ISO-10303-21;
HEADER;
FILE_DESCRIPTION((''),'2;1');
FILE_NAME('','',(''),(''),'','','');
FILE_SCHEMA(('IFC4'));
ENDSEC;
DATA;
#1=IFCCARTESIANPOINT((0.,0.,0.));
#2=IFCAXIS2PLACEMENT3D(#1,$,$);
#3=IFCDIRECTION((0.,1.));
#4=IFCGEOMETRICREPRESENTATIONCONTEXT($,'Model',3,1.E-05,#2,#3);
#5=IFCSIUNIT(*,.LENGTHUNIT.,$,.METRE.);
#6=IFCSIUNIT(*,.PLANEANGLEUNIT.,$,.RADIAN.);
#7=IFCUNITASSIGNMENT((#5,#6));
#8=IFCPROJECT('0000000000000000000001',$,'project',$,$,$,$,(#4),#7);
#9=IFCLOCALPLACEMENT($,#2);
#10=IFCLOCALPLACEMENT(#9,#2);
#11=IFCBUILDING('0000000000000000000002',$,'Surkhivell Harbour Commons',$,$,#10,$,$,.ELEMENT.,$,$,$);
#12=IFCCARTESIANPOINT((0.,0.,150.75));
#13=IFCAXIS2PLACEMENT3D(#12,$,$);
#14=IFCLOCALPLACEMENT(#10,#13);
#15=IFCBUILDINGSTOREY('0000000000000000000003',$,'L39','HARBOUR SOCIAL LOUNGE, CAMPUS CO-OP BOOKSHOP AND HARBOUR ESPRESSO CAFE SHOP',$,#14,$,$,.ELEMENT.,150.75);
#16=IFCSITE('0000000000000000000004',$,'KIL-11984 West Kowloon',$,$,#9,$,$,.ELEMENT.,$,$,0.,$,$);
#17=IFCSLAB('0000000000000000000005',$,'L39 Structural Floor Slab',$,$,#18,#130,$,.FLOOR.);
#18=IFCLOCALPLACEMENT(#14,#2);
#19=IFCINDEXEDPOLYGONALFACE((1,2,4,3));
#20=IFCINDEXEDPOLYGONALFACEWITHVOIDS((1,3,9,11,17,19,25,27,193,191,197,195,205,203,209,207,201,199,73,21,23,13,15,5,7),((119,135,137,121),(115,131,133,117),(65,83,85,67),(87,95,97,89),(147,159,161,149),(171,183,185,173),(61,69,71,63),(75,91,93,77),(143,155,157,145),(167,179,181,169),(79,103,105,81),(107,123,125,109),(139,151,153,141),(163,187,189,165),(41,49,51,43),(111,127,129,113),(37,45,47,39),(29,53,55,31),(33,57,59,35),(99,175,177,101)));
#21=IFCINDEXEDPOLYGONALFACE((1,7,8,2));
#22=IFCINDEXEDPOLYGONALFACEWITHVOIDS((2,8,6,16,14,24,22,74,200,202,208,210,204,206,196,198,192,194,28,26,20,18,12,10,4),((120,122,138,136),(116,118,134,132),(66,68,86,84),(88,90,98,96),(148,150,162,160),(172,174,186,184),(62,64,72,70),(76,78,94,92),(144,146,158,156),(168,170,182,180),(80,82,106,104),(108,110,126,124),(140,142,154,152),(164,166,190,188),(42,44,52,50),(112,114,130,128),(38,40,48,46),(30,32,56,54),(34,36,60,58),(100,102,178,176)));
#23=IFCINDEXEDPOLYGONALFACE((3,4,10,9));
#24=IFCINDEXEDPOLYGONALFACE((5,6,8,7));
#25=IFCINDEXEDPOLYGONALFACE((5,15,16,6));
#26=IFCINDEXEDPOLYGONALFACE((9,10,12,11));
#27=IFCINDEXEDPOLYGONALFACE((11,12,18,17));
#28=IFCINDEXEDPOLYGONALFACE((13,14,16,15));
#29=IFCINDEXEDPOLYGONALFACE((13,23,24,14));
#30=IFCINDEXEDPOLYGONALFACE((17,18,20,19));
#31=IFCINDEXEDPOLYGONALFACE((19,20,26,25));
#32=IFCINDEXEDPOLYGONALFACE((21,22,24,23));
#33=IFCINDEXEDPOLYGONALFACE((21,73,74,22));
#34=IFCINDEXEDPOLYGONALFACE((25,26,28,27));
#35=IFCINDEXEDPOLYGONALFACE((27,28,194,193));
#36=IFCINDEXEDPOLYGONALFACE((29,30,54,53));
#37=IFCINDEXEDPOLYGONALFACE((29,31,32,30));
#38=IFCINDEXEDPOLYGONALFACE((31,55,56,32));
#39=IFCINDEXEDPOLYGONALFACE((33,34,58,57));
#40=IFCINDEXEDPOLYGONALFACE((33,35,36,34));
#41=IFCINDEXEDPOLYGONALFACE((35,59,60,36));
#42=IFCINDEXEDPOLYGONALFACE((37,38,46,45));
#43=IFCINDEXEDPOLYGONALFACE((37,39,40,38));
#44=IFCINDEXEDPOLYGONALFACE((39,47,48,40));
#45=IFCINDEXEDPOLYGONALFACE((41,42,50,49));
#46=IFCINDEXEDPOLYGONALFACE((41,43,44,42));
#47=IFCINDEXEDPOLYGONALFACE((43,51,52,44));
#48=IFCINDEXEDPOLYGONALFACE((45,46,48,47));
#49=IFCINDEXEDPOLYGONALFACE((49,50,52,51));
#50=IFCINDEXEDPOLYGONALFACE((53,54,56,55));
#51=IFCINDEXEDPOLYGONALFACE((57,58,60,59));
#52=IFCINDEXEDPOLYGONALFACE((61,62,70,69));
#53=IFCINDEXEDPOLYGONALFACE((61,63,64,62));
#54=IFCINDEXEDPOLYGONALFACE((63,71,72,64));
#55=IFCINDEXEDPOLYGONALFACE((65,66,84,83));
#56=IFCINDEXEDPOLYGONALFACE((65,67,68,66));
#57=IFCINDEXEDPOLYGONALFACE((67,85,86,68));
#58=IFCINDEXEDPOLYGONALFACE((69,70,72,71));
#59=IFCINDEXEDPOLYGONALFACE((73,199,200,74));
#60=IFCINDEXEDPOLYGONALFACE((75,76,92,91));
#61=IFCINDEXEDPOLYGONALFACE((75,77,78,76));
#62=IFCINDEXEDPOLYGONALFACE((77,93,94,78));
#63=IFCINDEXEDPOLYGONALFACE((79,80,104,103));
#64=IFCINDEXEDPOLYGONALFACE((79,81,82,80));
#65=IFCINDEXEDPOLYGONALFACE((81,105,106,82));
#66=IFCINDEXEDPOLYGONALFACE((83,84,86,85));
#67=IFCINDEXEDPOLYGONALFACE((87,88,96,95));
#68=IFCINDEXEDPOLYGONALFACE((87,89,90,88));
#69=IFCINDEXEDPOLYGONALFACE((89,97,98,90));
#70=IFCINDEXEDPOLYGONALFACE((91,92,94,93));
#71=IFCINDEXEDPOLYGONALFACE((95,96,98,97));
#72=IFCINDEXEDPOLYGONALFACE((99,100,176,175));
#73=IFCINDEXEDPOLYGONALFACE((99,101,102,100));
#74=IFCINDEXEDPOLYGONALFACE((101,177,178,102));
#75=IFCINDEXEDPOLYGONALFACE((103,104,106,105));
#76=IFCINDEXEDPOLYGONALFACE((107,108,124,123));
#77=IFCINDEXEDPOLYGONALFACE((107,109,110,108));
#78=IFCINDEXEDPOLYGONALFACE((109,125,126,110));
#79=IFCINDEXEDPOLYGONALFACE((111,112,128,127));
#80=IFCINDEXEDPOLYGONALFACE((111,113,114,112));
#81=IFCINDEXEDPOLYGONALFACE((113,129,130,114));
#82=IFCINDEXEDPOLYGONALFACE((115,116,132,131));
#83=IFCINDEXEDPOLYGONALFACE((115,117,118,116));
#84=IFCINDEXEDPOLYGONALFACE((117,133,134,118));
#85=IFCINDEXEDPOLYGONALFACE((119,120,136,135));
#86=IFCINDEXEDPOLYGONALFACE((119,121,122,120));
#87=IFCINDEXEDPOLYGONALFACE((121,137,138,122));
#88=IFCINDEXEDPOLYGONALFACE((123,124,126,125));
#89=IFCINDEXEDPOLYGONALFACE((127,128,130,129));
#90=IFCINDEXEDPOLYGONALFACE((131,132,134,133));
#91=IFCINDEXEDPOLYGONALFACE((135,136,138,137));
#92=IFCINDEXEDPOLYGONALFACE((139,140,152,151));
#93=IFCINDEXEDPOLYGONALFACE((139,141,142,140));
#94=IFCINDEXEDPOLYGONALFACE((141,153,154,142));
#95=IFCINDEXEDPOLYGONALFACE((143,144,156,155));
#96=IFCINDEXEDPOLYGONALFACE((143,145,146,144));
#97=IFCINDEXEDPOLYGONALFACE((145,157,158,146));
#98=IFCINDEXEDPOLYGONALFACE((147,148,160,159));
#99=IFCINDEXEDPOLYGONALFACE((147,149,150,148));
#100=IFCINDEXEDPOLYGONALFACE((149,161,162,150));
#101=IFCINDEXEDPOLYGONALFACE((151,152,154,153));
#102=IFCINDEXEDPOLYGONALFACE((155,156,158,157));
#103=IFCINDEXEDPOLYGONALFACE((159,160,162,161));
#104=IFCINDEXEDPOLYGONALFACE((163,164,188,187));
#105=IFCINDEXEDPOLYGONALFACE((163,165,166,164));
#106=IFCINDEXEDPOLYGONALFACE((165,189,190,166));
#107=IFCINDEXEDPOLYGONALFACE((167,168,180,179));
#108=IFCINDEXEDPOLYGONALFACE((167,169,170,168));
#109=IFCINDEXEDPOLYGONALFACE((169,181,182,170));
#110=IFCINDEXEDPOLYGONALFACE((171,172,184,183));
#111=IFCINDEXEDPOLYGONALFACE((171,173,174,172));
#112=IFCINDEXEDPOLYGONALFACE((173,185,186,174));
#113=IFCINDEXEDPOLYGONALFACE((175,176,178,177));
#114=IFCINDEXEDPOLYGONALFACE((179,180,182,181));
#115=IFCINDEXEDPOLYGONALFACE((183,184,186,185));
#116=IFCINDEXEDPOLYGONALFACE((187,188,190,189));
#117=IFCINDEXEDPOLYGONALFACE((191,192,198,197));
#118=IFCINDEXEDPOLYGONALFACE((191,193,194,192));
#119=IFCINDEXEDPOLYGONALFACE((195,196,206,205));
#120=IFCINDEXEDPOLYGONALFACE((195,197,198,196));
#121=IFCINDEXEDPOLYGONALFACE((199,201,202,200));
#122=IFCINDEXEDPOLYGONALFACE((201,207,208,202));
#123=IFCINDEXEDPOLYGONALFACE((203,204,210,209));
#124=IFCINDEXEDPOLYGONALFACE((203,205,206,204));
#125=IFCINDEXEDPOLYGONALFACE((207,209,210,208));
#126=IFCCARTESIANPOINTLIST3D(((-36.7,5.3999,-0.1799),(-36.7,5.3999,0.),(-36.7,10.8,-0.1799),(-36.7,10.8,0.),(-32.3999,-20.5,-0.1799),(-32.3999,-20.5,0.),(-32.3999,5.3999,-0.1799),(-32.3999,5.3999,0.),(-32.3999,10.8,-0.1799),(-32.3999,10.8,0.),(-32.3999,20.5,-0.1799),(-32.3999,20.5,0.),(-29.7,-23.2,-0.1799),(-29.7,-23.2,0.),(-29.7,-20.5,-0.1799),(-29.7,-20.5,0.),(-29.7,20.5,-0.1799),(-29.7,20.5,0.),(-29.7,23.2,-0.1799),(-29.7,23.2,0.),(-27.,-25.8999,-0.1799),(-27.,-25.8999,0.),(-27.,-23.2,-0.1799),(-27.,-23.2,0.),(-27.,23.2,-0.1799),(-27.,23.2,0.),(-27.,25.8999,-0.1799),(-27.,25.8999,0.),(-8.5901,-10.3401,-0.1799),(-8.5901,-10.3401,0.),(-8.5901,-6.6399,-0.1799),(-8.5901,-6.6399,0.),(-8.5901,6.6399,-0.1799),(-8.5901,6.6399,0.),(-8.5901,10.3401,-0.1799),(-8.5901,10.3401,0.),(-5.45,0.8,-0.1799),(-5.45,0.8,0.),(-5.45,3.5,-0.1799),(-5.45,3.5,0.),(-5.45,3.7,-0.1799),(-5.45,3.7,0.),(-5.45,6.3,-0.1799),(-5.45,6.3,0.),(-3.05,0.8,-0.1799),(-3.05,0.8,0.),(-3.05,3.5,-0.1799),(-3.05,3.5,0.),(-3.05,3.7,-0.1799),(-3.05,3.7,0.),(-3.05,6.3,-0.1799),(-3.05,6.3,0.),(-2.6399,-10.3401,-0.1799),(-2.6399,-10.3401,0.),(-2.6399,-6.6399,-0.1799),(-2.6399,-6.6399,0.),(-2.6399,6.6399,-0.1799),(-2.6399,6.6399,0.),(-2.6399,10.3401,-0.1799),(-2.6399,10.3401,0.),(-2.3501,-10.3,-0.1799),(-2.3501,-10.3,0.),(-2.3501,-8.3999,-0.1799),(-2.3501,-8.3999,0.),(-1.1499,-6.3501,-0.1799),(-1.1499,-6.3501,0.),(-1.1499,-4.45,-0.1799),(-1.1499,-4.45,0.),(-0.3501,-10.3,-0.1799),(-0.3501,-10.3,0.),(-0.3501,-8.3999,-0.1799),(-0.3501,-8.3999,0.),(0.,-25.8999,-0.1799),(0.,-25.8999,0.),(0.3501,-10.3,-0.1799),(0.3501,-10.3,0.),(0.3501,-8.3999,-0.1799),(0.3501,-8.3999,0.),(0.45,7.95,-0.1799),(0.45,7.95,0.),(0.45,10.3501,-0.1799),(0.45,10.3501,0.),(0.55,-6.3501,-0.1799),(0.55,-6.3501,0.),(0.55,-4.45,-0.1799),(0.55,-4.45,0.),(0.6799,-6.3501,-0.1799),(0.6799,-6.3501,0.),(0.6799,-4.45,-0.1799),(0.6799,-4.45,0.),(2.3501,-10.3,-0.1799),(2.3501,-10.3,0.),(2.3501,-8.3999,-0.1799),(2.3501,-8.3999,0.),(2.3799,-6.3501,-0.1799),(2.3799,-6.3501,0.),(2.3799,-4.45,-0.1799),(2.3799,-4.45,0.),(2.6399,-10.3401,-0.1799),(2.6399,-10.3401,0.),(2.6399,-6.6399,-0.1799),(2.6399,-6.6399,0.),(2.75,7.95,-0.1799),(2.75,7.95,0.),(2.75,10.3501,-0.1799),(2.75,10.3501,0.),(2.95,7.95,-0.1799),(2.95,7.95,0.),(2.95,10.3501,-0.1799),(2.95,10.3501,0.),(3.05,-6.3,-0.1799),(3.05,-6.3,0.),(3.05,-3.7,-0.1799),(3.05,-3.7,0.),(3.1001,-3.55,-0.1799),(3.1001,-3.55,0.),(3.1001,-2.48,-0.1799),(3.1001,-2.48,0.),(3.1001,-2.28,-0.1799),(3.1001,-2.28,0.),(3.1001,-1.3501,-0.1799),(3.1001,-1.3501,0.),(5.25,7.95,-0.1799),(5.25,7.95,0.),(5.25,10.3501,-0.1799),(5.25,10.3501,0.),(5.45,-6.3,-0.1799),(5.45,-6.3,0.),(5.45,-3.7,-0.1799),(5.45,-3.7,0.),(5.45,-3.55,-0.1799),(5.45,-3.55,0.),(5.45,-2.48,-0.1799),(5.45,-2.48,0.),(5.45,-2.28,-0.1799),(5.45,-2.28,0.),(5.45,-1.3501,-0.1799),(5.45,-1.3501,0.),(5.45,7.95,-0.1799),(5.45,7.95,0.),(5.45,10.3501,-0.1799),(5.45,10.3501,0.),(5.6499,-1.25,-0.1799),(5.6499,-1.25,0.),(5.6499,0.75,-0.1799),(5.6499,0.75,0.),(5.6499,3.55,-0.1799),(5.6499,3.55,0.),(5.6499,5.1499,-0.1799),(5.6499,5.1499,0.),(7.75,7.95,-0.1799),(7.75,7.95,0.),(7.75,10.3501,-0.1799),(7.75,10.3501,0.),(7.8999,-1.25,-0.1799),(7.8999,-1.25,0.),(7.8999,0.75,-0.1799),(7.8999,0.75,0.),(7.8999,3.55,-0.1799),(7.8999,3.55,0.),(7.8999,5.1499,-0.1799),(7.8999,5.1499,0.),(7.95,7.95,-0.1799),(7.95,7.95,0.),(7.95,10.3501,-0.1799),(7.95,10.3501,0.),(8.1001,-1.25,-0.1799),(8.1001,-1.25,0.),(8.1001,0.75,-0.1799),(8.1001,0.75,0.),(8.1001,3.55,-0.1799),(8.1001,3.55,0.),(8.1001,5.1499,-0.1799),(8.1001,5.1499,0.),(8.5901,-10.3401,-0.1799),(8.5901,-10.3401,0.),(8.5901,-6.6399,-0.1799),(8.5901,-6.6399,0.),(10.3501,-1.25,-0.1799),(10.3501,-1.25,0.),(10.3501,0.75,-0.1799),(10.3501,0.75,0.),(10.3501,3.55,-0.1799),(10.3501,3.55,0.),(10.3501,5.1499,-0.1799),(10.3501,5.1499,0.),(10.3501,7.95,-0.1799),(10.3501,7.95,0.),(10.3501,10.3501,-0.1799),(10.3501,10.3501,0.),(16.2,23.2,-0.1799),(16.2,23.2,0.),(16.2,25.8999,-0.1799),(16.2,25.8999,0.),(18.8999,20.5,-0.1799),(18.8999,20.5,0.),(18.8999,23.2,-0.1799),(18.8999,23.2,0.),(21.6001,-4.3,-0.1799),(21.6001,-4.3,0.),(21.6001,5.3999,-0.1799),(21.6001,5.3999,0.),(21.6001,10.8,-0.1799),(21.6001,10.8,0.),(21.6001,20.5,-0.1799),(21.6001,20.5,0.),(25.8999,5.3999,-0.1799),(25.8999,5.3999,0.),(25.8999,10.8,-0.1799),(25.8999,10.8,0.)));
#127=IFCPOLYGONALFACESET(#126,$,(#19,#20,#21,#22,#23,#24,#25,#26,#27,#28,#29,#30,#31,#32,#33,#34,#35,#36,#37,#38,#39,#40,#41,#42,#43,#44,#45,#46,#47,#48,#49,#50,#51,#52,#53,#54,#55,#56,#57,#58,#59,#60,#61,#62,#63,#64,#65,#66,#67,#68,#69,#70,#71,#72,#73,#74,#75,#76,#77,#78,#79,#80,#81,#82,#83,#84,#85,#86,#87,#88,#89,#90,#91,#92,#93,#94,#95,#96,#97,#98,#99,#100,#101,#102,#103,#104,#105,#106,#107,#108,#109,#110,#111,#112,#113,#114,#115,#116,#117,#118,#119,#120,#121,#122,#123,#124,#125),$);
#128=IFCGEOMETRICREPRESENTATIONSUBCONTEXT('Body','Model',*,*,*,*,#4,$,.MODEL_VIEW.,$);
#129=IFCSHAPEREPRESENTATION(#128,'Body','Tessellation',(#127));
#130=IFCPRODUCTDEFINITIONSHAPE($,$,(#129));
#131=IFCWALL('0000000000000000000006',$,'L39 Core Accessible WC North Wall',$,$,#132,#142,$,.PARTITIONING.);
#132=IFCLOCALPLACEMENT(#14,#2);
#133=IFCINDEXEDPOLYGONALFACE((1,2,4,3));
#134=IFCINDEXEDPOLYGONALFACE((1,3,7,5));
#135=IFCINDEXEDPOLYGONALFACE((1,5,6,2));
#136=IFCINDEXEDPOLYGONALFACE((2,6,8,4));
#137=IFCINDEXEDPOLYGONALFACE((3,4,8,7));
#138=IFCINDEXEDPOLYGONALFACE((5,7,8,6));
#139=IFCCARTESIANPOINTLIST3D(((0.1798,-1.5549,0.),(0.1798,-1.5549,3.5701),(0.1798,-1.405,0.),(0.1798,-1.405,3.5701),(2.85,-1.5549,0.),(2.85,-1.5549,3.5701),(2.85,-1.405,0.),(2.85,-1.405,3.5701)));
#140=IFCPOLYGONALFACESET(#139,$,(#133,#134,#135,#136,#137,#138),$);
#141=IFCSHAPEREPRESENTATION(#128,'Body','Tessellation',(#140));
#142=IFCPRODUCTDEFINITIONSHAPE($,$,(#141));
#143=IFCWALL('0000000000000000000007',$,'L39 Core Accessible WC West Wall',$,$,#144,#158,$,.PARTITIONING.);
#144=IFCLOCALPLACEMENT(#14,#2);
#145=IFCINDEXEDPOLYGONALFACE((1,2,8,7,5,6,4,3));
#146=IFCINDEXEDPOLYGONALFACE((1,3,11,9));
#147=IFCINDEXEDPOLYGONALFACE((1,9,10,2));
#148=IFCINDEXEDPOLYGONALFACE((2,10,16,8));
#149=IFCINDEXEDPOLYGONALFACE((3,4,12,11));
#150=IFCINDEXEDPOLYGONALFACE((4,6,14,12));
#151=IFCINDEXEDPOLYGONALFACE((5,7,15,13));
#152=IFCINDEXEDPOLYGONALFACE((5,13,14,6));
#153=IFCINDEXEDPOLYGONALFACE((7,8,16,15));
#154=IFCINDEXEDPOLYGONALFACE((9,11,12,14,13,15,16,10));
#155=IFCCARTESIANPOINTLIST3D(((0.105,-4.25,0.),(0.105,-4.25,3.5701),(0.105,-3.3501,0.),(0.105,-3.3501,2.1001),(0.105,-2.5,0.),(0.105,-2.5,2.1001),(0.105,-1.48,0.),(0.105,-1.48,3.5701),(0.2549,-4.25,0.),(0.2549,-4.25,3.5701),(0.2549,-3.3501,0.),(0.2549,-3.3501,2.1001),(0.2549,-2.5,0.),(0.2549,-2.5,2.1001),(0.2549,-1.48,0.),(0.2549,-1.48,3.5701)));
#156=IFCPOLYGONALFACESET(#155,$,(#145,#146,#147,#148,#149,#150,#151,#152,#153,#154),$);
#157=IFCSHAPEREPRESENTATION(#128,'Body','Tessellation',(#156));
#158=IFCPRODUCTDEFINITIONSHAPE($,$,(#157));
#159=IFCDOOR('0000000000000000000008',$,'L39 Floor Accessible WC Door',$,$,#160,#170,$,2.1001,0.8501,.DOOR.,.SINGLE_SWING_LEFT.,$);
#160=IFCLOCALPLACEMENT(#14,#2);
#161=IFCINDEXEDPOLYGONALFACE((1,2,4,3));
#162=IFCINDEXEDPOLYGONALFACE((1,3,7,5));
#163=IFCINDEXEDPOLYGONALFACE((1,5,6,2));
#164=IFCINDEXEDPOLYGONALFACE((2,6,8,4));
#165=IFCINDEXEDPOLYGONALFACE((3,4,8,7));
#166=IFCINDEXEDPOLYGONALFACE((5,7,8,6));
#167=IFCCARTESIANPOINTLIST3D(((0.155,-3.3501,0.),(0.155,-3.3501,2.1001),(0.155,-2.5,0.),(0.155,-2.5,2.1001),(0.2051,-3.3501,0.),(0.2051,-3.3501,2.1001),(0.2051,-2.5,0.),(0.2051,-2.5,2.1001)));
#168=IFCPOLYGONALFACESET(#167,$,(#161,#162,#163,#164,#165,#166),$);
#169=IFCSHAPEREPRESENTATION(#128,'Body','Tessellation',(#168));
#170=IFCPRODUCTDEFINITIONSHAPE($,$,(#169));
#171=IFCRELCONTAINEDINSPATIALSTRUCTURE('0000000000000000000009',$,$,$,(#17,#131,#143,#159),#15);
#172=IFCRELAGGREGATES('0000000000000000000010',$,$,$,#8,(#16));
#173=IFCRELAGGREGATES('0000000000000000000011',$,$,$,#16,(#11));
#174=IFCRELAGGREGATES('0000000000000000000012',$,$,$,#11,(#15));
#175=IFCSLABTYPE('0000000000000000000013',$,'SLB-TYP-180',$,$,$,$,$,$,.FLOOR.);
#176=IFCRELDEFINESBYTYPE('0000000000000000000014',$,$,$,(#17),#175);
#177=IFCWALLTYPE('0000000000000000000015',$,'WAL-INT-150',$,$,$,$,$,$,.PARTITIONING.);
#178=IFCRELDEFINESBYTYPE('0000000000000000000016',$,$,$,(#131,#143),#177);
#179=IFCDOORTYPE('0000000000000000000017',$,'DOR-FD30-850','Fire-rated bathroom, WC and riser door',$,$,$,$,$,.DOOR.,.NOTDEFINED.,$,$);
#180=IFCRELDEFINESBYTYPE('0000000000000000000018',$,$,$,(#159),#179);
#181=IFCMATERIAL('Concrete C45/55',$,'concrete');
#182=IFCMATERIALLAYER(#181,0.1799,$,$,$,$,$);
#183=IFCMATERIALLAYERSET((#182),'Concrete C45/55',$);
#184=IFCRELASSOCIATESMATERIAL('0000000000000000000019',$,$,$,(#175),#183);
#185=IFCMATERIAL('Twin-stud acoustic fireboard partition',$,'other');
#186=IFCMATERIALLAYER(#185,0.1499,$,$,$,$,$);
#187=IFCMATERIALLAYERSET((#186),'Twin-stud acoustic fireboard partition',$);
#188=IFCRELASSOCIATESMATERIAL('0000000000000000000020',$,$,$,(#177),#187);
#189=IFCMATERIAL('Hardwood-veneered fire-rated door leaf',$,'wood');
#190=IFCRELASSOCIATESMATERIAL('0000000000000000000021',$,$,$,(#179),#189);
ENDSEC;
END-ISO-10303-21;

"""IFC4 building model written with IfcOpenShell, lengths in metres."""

from ifc_helpers import new_model, si_unit, direction, frame, frame_2d, origin, place, context, subcontext, project, spatial, polyline, rectangle, outline, extrude, material, layer, layer_set, type_object, element, fill, save


model = new_model("IFC4")

# Units and contexts
model_context = context("Model", 3, precision=1e-05, world=origin(), true_north=direction((0.0, 1.0)))
body_context = subcontext(model_context, "Body", "Model", "MODEL_VIEW")
ifc_project = project(units=[si_unit("LENGTHUNIT", "METRE"), si_unit("PLANEANGLEUNIT", "RADIAN")], contexts=[model_context])

# Site, building, storey
site_placement = place(None, origin())
site = spatial("IfcSite", under=ifc_project, at=site_placement, Name="KIL-11984 West Kowloon", CompositionType="ELEMENT", RefElevation=0.0)
building_placement = place(site_placement, origin())
building = spatial("IfcBuilding", under=site, at=building_placement, Name="Surkhivell Harbour Commons", CompositionType="ELEMENT")
storey_placement = place(building_placement, frame((0.0, 0.0, 150.75)))
storey = spatial("IfcBuildingStorey", under=building, at=storey_placement, Name="L39", Description="HARBOUR SOCIAL LOUNGE, CAMPUS CO-OP BOOKSHOP AND HARBOUR ESPRESSO CAFE SHOP", CompositionType="ELEMENT", Elevation=150.75)

# Shared definitions
ifc_material_1 = material(Name="Concrete C45/55", Category="concrete")

# Slab
ifc_layer_1 = layer(ifc_material_1, 0.1799)
ifc_layer_set_1 = layer_set([ifc_layer_1], Name="Concrete C45/55")
slab_type_1 = type_object("IfcSlabType", Name="SLB-TYP-180", PredefinedType="FLOOR", material=ifc_layer_set_1)
slab_1_placement = place(storey_placement, frame((0.0, 0.0, -0.1799)))
element("IfcSlab", 1, at=slab_1_placement, inside=storey, type_object=slab_type_1, Name="L39 Structural Floor Slab", PredefinedType="FLOOR", context=body_context, shape_type="SweptSolid", body=[
    extrude(outline(polyline([(-32.3999, 20.5), (-32.3999, 10.8), (-36.7, 10.8), (-36.7, 5.3999), (-32.3999, 5.3999), (-32.3999, -20.5), (-29.7, -20.5), (-29.7, -23.2), (-27.0, -23.2), (-27.0, -25.8999), (0.0, -25.8999), (21.6001, -4.3), (21.6001, 5.3999), (25.8999, 5.3999), (25.8999, 10.8), (21.6001, 10.8), (21.6001, 20.5), (18.8999, 20.5), (18.8999, 23.2), (16.2, 23.2), (16.2, 25.8999), (-27.0, 25.8999), (-27.0, 23.2), (-29.7, 23.2), (-29.7, 20.5), (-32.3999, 20.5)]), holes=[polyline([(-8.5901, 6.6399), (-2.6399, 6.6399), (-2.6399, 10.3401), (-8.5901, 10.3401), (-8.5901, 6.6399)]), polyline([(8.5901, -6.6399), (2.6399, -6.6399), (2.6399, -10.3401), (8.5901, -10.3401), (8.5901, -6.6399)]), polyline([(-8.5901, -10.3401), (-2.6399, -10.3401), (-2.6399, -6.6399), (-8.5901, -6.6399), (-8.5901, -10.3401)]), polyline([(0.45, 7.95), (2.75, 7.95), (2.75, 10.3501), (0.45, 10.3501), (0.45, 7.95)]), polyline([(2.95, 7.95), (5.25, 7.95), (5.25, 10.3501), (2.95, 10.3501), (2.95, 7.95)]), polyline([(5.45, 7.95), (7.75, 7.95), (7.75, 10.3501), (5.45, 10.3501), (5.45, 7.95)]), polyline([(7.95, 7.95), (10.3501, 7.95), (10.3501, 10.3501), (7.95, 10.3501), (7.95, 7.95)]), polyline([(5.6499, 3.55), (7.8999, 3.55), (7.8999, 5.1499), (5.6499, 5.1499), (5.6499, 3.55)]), polyline([(8.1001, 3.55), (10.3501, 3.55), (10.3501, 5.1499), (8.1001, 5.1499), (8.1001, 3.55)]), polyline([(5.6499, -1.25), (7.8999, -1.25), (7.8999, 0.75), (5.6499, 0.75), (5.6499, -1.25)]), polyline([(8.1001, -1.25), (10.3501, -1.25), (10.3501, 0.75), (8.1001, 0.75), (8.1001, -1.25)]), polyline([(-1.1499, -6.3501), (0.55, -6.3501), (0.55, -4.45), (-1.1499, -4.45), (-1.1499, -6.3501)]), polyline([(0.6799, -6.3501), (2.3799, -6.3501), (2.3799, -4.45), (0.6799, -4.45), (0.6799, -6.3501)]), polyline([(-2.3501, -10.3), (-0.3501, -10.3), (-0.3501, -8.3999), (-2.3501, -8.3999), (-2.3501, -10.3)]), polyline([(0.3501, -10.3), (2.3501, -10.3), (2.3501, -8.3999), (0.3501, -8.3999), (0.3501, -10.3)]), polyline([(-5.45, 3.7), (-3.05, 3.7), (-3.05, 6.3), (-5.45, 6.3), (-5.45, 3.7)]), polyline([(3.05, -6.3), (5.45, -6.3), (5.45, -3.7), (3.05, -3.7), (3.05, -6.3)]), polyline([(-5.45, 0.8), (-3.05, 0.8), (-3.05, 3.5), (-5.45, 3.5), (-5.45, 0.8)]), polyline([(3.1001, -3.55), (5.45, -3.55), (5.45, -2.48), (3.1001, -2.48), (3.1001, -3.55)]), polyline([(3.1001, -2.28), (5.45, -2.28), (5.45, -1.3501), (3.1001, -1.3501), (3.1001, -2.28)])]), origin(), (0.0, 0.0, 1.0), 0.1799),
])

# Wall
ifc_material_2 = material(Name="Twin-stud acoustic fireboard partition", Category="other")
ifc_layer_2 = layer(ifc_material_2, 0.1499)
ifc_layer_set_2 = layer_set([ifc_layer_2], Name="Twin-stud acoustic fireboard partition")
wall_type_1 = type_object("IfcWallType", Name="WAL-INT-150", PredefinedType="PARTITIONING", material=ifc_layer_set_2)
wall_1_placement = place(storey_placement, frame((0.1799, -1.48, 0.0), z_axis=(0.0, 0.0, 1.0), x_axis=(1.0, 0.0, 0.0)))
element("IfcWall", 2, at=wall_1_placement, inside=storey, type_object=wall_type_1, Name="L39 Core Accessible WC North Wall", PredefinedType="PARTITIONING", context=body_context, shape_type="SweptSolid", body=[
    extrude(rectangle(XDim=2.6702, YDim=0.1499, at=frame_2d((1.335, 0.0))), origin(), (0.0, 0.0, 1.0), 3.5701),
])

# Wall, opening, door
wall_2_placement = place(storey_placement, frame((0.1799, -4.25, 0.0), z_axis=(0.0, 0.0, 1.0), x_axis=(0.0, 1.0, 0.0)))
wall_2 = element("IfcWall", 3, at=wall_2_placement, inside=storey, type_object=wall_type_1, Name="L39 Core Accessible WC West Wall", PredefinedType="PARTITIONING", context=body_context, shape_type="SweptSolid", body=[
    extrude(rectangle(XDim=2.77, YDim=0.1499, at=frame_2d((1.385, 0.0))), origin(), (0.0, 0.0, 1.0), 3.5701),
])
opening_1_placement = place(wall_2_placement, frame((0.8999, 0.0, 0.0)))
opening_1 = element("IfcOpeningElement", 4, at=opening_1_placement, cuts=wall_2, PredefinedType="OPENING", context=body_context, shape_type="SweptSolid", body=[
    extrude(rectangle(XDim=0.8501, YDim=2.1001, at=frame_2d((0.425, 1.05))), frame((0.0, 0.085, 0.0), z_axis=(0.0, -1.0, 0.0), x_axis=(1.0, 0.0, 0.0)), (0.0, 0.0, 1.0), 0.1699),
])
ifc_material_3 = material(Name="Hardwood-veneered fire-rated door leaf", Category="wood")
door_type = type_object("IfcDoorType", Name="DOR-FD30-850", Description="Fire-rated bathroom, WC and riser door", OperationType="NOTDEFINED", PredefinedType="DOOR", material=ifc_material_3)
door_1_placement = place(opening_1_placement, origin())
door_1 = element("IfcDoor", 5, at=door_1_placement, inside=storey, type_object=door_type, Name="L39 Floor Accessible WC Door", OperationType="SINGLE_SWING_LEFT", OverallHeight=2.1001, OverallWidth=0.8501, PredefinedType="DOOR", context=body_context, shape_type="SweptSolid", body=[
    extrude(rectangle(XDim=0.8501, YDim=2.1001, at=frame_2d((0.425, 1.05))), frame((0.0, 0.0249, 0.0), z_axis=(0.0, -1.0, 0.0), x_axis=(1.0, 0.0, 0.0)), (0.0, 0.0, 1.0), 0.05),
])
fill(opening_1, door_1)

save(model, "model.ifc")
